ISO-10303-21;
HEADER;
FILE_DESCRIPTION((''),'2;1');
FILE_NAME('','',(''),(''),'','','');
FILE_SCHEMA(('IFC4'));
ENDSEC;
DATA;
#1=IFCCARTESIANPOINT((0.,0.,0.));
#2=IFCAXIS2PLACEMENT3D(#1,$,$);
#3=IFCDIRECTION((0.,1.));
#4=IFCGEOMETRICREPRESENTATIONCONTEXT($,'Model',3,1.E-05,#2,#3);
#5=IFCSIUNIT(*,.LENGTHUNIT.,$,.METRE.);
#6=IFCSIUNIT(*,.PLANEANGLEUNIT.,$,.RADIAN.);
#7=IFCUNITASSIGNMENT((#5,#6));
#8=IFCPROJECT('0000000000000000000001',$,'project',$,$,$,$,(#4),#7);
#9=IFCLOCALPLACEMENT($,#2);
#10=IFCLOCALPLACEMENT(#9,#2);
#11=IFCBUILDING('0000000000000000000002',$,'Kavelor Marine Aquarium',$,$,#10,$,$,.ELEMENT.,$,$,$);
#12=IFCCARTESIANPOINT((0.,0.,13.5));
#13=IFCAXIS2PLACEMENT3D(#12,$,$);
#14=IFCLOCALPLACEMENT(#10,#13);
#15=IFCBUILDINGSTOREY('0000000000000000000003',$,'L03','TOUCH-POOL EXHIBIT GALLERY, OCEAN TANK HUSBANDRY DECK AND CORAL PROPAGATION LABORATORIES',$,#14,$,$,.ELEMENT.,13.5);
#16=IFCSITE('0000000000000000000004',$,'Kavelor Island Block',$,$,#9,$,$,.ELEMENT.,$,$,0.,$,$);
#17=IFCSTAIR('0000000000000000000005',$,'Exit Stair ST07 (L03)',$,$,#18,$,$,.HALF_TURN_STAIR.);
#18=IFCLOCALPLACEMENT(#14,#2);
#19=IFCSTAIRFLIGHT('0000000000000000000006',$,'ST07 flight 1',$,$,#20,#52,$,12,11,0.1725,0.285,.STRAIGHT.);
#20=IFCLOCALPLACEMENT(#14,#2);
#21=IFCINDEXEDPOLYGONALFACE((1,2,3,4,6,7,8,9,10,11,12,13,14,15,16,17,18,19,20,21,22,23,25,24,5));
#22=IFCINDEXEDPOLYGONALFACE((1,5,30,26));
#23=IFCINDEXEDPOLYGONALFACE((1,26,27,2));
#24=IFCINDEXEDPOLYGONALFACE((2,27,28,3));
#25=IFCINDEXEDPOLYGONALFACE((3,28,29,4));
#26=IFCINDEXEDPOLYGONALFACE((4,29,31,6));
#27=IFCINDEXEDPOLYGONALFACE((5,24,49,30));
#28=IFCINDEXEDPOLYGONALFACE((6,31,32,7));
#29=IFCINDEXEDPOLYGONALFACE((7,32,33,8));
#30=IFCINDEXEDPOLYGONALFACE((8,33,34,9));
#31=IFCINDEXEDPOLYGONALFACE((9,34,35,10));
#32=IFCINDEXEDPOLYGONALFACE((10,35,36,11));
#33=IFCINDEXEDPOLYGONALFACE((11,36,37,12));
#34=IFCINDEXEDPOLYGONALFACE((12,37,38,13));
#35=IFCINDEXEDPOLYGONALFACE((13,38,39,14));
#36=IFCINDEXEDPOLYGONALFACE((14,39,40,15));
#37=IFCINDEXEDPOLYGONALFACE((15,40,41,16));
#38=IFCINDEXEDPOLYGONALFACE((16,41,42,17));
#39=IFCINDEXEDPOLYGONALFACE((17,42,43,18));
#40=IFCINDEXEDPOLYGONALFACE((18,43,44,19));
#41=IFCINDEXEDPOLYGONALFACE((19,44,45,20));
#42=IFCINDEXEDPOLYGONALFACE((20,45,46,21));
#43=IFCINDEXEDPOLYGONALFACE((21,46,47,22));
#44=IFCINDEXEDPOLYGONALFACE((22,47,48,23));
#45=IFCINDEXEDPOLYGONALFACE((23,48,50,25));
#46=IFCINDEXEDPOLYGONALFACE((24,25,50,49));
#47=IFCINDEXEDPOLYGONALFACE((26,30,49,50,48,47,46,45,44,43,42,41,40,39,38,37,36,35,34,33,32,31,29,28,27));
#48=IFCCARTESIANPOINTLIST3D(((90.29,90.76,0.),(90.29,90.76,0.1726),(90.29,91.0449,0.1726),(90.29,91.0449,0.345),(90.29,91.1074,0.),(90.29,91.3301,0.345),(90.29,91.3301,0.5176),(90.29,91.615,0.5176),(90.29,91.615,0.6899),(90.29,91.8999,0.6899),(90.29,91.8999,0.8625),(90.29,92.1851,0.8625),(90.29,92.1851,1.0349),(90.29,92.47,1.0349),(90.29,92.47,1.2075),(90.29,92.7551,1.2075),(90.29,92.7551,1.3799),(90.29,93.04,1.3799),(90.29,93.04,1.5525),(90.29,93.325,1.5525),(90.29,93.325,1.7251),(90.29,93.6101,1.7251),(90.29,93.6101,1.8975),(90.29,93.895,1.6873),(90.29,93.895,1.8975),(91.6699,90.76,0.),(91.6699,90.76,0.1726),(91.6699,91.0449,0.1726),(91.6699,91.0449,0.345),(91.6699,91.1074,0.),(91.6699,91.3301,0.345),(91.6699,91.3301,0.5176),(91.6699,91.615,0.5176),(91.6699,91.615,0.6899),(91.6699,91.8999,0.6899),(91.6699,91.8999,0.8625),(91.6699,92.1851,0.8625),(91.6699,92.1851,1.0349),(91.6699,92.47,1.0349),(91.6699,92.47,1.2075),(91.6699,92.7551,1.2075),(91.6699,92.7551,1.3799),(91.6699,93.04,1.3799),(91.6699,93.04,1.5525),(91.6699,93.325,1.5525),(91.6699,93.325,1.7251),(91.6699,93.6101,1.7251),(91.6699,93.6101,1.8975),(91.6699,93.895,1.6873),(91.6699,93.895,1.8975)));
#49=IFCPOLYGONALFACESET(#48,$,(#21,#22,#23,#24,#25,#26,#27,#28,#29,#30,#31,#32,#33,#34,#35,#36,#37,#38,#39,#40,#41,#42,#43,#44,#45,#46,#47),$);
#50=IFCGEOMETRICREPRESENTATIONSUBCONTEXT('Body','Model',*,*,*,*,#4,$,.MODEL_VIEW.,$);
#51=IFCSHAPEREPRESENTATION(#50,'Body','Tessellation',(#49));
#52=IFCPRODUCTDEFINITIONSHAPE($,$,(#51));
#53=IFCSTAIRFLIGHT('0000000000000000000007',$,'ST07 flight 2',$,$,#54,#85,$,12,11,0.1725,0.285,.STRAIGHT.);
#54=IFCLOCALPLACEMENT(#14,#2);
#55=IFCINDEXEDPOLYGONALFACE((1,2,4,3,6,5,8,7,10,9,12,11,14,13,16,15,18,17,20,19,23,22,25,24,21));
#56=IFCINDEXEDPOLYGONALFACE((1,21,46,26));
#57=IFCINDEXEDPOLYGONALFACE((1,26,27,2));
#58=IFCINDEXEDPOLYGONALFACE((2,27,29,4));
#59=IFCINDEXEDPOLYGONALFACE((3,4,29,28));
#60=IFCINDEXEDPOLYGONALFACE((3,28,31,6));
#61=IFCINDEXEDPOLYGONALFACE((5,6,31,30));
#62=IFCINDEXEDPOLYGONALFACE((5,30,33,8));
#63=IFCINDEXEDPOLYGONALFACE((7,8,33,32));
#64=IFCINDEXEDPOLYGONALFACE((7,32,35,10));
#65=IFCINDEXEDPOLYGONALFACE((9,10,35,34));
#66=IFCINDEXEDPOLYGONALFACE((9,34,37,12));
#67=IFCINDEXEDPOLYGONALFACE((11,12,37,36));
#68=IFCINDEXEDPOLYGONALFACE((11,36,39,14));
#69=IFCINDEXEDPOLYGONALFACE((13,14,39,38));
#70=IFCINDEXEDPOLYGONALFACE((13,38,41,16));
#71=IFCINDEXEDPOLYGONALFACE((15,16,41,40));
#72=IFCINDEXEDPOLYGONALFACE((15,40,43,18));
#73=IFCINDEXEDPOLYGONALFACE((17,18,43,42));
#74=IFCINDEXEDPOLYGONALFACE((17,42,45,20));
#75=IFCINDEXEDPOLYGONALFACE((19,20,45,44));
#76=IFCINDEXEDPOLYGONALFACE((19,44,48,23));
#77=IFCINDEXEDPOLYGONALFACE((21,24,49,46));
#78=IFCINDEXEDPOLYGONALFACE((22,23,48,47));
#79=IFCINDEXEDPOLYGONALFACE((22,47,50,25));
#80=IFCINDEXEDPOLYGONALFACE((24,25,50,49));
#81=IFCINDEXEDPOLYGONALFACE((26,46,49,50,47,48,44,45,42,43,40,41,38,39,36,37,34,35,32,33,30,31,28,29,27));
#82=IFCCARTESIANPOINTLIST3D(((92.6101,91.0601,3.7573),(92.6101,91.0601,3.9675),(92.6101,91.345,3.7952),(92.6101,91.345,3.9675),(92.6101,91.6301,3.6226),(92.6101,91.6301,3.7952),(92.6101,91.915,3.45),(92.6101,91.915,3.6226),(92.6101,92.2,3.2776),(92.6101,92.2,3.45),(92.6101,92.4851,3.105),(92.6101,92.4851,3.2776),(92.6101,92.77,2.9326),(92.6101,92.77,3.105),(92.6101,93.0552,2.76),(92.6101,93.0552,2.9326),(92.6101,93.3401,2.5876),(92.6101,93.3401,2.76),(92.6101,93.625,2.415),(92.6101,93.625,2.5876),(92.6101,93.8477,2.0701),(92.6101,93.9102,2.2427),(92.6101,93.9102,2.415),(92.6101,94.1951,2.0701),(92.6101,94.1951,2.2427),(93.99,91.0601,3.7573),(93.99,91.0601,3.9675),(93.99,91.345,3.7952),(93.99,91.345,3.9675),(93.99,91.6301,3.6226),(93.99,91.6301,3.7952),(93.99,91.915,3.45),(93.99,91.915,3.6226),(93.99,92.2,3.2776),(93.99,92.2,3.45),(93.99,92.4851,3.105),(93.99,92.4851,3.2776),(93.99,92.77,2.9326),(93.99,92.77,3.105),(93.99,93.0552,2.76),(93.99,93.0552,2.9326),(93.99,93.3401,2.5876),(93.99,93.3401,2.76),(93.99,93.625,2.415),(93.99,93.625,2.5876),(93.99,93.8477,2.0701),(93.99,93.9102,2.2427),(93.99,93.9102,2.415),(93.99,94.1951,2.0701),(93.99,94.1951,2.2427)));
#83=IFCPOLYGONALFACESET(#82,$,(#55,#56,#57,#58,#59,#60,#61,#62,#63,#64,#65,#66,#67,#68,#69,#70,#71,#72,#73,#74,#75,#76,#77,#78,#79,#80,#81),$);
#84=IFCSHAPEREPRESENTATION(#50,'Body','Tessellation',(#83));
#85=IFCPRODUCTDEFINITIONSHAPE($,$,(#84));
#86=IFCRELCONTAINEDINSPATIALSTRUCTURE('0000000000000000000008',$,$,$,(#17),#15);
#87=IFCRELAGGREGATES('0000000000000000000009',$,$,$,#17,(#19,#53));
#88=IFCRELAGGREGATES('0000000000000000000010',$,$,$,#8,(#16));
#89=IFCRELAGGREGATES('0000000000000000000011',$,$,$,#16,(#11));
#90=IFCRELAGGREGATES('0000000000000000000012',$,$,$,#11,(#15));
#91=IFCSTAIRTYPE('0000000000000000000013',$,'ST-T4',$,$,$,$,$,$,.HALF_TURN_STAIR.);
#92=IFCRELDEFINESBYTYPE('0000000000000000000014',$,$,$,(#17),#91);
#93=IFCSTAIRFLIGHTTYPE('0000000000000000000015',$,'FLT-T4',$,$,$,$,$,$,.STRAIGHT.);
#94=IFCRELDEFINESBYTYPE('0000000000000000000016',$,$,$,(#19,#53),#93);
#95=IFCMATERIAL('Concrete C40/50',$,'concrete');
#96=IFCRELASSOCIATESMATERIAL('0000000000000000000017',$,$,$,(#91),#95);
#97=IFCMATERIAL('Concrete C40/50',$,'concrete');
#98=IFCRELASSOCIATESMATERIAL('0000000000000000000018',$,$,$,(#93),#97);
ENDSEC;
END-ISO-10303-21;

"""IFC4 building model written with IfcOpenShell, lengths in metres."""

from ifc_helpers import new_model, si_unit, direction, frame, origin, place, context, subcontext, project, spatial, polyline, outline, extrude, material, type_object, element, aggregate, save


model = new_model("IFC4")

# Units and contexts
model_context = context("Model", 3, precision=1e-05, world=origin(), true_north=direction((0.0, 1.0)))
body_context = subcontext(model_context, "Body", "Model", "MODEL_VIEW")
ifc_project = project(units=[si_unit("LENGTHUNIT", "METRE"), si_unit("PLANEANGLEUNIT", "RADIAN")], contexts=[model_context])

# Site, building, storey
site_placement = place(None, origin())
site = spatial("IfcSite", under=ifc_project, at=site_placement, Name="Kavelor Island Block", CompositionType="ELEMENT", RefElevation=0.0)
building_placement = place(site_placement, origin())
building = spatial("IfcBuilding", under=site, at=building_placement, Name="Kavelor Marine Aquarium", CompositionType="ELEMENT")
storey_placement = place(building_placement, frame((0.0, 0.0, 13.5)))
storey = spatial("IfcBuildingStorey", under=building, at=storey_placement, Name="L03", Description="TOUCH-POOL EXHIBIT GALLERY, OCEAN TANK HUSBANDRY DECK AND CORAL PROPAGATION LABORATORIES", CompositionType="ELEMENT", Elevation=13.5)

# Stair, stair flights
ifc_material_1 = material(Name="Concrete C40/50", Category="concrete")
stair_type = type_object("IfcStairType", Name="ST-T4", PredefinedType="HALF_TURN_STAIR", material=ifc_material_1)
stair_placement = place(storey_placement, origin())
stair = element("IfcStair", 1, at=stair_placement, inside=storey, type_object=stair_type, Name="Exit Stair ST07 (L03)", PredefinedType="HALF_TURN_STAIR")
ifc_material_2 = material(Name="Concrete C40/50", Category="concrete")
stair_flight_type = type_object("IfcStairFlightType", Name="FLT-T4", PredefinedType="STRAIGHT", material=ifc_material_2)
stair_flight_1_placement = place(storey_placement, frame((90.98, 90.76, 0.0), z_axis=(0.0, 0.0, 1.0), x_axis=(0.0, 1.0, 0.0)))
stair_flight_1 = element("IfcStairFlight", 2, at=stair_flight_1_placement, type_object=stair_flight_type, Name="ST07 flight 1", NumberOfRisers=12, NumberOfTreads=11, PredefinedType="STRAIGHT", RiserHeight=0.1725, TreadLength=0.285, context=body_context, shape_type="SweptSolid", body=[
    extrude(outline(polyline([(0.0, 0.0), (0.0, 0.1726), (0.2849, 0.1726), (0.2849, 0.345), (0.5701, 0.345), (0.5701, 0.5176), (0.855, 0.5176), (0.855, 0.6899), (1.1399, 0.6899), (1.1399, 0.8625), (1.425, 0.8625), (1.425, 1.0349), (1.71, 1.0349), (1.71, 1.2075), (1.9951, 1.2075), (1.9951, 1.3799), (2.28, 1.3799), (2.28, 1.5525), (2.5649, 1.5525), (2.5649, 1.7251), (2.8501, 1.7251), (2.8501, 1.8975), (3.135, 1.8975), (3.135, 2.0701), (3.135, 1.6873), (0.3474, 0.0), (0.0, 0.0)])), frame((0.0, 0.6899, 0.0), z_axis=(0.0, -1.0, 0.0), x_axis=(1.0, 0.0, 0.0)), (0.0, 0.0, 1.0), 1.3799),
])
stair_flight_2_placement = place(storey_placement, frame((93.3, 94.1951, 2.0701), z_axis=(0.0, 0.0, 1.0), x_axis=(0.0, -1.0, 0.0)))
stair_flight_2 = element("IfcStairFlight", 3, at=stair_flight_2_placement, type_object=stair_flight_type, Name="ST07 flight 2", NumberOfRisers=12, NumberOfTreads=11, PredefinedType="STRAIGHT", RiserHeight=0.1725, TreadLength=0.285, context=body_context, shape_type="SweptSolid", body=[
    extrude(outline(polyline([(0.0, 0.0), (0.0, 0.1726), (0.2849, 0.1726), (0.2849, 0.345), (0.5701, 0.345), (0.5701, 0.5176), (0.855, 0.5176), (0.855, 0.6899), (1.1399, 0.6899), (1.1399, 0.8625), (1.425, 0.8625), (1.425, 1.0349), (1.71, 1.0349), (1.71, 1.2075), (1.9951, 1.2075), (1.9951, 1.3799), (2.28, 1.3799), (2.28, 1.5525), (2.5649, 1.5525), (2.5649, 1.7251), (2.8501, 1.7251), (2.8501, 1.8975), (3.135, 1.8975), (3.135, 2.0701), (3.135, 1.6873), (0.3474, 0.0), (0.0, 0.0)])), frame((0.0, 0.6899, 0.0), z_axis=(0.0, -1.0, 0.0), x_axis=(1.0, 0.0, 0.0)), (0.0, 0.0, 1.0), 1.3799),
])
aggregate(stair, [stair_flight_1, stair_flight_2])

save(model, "model.ifc")
